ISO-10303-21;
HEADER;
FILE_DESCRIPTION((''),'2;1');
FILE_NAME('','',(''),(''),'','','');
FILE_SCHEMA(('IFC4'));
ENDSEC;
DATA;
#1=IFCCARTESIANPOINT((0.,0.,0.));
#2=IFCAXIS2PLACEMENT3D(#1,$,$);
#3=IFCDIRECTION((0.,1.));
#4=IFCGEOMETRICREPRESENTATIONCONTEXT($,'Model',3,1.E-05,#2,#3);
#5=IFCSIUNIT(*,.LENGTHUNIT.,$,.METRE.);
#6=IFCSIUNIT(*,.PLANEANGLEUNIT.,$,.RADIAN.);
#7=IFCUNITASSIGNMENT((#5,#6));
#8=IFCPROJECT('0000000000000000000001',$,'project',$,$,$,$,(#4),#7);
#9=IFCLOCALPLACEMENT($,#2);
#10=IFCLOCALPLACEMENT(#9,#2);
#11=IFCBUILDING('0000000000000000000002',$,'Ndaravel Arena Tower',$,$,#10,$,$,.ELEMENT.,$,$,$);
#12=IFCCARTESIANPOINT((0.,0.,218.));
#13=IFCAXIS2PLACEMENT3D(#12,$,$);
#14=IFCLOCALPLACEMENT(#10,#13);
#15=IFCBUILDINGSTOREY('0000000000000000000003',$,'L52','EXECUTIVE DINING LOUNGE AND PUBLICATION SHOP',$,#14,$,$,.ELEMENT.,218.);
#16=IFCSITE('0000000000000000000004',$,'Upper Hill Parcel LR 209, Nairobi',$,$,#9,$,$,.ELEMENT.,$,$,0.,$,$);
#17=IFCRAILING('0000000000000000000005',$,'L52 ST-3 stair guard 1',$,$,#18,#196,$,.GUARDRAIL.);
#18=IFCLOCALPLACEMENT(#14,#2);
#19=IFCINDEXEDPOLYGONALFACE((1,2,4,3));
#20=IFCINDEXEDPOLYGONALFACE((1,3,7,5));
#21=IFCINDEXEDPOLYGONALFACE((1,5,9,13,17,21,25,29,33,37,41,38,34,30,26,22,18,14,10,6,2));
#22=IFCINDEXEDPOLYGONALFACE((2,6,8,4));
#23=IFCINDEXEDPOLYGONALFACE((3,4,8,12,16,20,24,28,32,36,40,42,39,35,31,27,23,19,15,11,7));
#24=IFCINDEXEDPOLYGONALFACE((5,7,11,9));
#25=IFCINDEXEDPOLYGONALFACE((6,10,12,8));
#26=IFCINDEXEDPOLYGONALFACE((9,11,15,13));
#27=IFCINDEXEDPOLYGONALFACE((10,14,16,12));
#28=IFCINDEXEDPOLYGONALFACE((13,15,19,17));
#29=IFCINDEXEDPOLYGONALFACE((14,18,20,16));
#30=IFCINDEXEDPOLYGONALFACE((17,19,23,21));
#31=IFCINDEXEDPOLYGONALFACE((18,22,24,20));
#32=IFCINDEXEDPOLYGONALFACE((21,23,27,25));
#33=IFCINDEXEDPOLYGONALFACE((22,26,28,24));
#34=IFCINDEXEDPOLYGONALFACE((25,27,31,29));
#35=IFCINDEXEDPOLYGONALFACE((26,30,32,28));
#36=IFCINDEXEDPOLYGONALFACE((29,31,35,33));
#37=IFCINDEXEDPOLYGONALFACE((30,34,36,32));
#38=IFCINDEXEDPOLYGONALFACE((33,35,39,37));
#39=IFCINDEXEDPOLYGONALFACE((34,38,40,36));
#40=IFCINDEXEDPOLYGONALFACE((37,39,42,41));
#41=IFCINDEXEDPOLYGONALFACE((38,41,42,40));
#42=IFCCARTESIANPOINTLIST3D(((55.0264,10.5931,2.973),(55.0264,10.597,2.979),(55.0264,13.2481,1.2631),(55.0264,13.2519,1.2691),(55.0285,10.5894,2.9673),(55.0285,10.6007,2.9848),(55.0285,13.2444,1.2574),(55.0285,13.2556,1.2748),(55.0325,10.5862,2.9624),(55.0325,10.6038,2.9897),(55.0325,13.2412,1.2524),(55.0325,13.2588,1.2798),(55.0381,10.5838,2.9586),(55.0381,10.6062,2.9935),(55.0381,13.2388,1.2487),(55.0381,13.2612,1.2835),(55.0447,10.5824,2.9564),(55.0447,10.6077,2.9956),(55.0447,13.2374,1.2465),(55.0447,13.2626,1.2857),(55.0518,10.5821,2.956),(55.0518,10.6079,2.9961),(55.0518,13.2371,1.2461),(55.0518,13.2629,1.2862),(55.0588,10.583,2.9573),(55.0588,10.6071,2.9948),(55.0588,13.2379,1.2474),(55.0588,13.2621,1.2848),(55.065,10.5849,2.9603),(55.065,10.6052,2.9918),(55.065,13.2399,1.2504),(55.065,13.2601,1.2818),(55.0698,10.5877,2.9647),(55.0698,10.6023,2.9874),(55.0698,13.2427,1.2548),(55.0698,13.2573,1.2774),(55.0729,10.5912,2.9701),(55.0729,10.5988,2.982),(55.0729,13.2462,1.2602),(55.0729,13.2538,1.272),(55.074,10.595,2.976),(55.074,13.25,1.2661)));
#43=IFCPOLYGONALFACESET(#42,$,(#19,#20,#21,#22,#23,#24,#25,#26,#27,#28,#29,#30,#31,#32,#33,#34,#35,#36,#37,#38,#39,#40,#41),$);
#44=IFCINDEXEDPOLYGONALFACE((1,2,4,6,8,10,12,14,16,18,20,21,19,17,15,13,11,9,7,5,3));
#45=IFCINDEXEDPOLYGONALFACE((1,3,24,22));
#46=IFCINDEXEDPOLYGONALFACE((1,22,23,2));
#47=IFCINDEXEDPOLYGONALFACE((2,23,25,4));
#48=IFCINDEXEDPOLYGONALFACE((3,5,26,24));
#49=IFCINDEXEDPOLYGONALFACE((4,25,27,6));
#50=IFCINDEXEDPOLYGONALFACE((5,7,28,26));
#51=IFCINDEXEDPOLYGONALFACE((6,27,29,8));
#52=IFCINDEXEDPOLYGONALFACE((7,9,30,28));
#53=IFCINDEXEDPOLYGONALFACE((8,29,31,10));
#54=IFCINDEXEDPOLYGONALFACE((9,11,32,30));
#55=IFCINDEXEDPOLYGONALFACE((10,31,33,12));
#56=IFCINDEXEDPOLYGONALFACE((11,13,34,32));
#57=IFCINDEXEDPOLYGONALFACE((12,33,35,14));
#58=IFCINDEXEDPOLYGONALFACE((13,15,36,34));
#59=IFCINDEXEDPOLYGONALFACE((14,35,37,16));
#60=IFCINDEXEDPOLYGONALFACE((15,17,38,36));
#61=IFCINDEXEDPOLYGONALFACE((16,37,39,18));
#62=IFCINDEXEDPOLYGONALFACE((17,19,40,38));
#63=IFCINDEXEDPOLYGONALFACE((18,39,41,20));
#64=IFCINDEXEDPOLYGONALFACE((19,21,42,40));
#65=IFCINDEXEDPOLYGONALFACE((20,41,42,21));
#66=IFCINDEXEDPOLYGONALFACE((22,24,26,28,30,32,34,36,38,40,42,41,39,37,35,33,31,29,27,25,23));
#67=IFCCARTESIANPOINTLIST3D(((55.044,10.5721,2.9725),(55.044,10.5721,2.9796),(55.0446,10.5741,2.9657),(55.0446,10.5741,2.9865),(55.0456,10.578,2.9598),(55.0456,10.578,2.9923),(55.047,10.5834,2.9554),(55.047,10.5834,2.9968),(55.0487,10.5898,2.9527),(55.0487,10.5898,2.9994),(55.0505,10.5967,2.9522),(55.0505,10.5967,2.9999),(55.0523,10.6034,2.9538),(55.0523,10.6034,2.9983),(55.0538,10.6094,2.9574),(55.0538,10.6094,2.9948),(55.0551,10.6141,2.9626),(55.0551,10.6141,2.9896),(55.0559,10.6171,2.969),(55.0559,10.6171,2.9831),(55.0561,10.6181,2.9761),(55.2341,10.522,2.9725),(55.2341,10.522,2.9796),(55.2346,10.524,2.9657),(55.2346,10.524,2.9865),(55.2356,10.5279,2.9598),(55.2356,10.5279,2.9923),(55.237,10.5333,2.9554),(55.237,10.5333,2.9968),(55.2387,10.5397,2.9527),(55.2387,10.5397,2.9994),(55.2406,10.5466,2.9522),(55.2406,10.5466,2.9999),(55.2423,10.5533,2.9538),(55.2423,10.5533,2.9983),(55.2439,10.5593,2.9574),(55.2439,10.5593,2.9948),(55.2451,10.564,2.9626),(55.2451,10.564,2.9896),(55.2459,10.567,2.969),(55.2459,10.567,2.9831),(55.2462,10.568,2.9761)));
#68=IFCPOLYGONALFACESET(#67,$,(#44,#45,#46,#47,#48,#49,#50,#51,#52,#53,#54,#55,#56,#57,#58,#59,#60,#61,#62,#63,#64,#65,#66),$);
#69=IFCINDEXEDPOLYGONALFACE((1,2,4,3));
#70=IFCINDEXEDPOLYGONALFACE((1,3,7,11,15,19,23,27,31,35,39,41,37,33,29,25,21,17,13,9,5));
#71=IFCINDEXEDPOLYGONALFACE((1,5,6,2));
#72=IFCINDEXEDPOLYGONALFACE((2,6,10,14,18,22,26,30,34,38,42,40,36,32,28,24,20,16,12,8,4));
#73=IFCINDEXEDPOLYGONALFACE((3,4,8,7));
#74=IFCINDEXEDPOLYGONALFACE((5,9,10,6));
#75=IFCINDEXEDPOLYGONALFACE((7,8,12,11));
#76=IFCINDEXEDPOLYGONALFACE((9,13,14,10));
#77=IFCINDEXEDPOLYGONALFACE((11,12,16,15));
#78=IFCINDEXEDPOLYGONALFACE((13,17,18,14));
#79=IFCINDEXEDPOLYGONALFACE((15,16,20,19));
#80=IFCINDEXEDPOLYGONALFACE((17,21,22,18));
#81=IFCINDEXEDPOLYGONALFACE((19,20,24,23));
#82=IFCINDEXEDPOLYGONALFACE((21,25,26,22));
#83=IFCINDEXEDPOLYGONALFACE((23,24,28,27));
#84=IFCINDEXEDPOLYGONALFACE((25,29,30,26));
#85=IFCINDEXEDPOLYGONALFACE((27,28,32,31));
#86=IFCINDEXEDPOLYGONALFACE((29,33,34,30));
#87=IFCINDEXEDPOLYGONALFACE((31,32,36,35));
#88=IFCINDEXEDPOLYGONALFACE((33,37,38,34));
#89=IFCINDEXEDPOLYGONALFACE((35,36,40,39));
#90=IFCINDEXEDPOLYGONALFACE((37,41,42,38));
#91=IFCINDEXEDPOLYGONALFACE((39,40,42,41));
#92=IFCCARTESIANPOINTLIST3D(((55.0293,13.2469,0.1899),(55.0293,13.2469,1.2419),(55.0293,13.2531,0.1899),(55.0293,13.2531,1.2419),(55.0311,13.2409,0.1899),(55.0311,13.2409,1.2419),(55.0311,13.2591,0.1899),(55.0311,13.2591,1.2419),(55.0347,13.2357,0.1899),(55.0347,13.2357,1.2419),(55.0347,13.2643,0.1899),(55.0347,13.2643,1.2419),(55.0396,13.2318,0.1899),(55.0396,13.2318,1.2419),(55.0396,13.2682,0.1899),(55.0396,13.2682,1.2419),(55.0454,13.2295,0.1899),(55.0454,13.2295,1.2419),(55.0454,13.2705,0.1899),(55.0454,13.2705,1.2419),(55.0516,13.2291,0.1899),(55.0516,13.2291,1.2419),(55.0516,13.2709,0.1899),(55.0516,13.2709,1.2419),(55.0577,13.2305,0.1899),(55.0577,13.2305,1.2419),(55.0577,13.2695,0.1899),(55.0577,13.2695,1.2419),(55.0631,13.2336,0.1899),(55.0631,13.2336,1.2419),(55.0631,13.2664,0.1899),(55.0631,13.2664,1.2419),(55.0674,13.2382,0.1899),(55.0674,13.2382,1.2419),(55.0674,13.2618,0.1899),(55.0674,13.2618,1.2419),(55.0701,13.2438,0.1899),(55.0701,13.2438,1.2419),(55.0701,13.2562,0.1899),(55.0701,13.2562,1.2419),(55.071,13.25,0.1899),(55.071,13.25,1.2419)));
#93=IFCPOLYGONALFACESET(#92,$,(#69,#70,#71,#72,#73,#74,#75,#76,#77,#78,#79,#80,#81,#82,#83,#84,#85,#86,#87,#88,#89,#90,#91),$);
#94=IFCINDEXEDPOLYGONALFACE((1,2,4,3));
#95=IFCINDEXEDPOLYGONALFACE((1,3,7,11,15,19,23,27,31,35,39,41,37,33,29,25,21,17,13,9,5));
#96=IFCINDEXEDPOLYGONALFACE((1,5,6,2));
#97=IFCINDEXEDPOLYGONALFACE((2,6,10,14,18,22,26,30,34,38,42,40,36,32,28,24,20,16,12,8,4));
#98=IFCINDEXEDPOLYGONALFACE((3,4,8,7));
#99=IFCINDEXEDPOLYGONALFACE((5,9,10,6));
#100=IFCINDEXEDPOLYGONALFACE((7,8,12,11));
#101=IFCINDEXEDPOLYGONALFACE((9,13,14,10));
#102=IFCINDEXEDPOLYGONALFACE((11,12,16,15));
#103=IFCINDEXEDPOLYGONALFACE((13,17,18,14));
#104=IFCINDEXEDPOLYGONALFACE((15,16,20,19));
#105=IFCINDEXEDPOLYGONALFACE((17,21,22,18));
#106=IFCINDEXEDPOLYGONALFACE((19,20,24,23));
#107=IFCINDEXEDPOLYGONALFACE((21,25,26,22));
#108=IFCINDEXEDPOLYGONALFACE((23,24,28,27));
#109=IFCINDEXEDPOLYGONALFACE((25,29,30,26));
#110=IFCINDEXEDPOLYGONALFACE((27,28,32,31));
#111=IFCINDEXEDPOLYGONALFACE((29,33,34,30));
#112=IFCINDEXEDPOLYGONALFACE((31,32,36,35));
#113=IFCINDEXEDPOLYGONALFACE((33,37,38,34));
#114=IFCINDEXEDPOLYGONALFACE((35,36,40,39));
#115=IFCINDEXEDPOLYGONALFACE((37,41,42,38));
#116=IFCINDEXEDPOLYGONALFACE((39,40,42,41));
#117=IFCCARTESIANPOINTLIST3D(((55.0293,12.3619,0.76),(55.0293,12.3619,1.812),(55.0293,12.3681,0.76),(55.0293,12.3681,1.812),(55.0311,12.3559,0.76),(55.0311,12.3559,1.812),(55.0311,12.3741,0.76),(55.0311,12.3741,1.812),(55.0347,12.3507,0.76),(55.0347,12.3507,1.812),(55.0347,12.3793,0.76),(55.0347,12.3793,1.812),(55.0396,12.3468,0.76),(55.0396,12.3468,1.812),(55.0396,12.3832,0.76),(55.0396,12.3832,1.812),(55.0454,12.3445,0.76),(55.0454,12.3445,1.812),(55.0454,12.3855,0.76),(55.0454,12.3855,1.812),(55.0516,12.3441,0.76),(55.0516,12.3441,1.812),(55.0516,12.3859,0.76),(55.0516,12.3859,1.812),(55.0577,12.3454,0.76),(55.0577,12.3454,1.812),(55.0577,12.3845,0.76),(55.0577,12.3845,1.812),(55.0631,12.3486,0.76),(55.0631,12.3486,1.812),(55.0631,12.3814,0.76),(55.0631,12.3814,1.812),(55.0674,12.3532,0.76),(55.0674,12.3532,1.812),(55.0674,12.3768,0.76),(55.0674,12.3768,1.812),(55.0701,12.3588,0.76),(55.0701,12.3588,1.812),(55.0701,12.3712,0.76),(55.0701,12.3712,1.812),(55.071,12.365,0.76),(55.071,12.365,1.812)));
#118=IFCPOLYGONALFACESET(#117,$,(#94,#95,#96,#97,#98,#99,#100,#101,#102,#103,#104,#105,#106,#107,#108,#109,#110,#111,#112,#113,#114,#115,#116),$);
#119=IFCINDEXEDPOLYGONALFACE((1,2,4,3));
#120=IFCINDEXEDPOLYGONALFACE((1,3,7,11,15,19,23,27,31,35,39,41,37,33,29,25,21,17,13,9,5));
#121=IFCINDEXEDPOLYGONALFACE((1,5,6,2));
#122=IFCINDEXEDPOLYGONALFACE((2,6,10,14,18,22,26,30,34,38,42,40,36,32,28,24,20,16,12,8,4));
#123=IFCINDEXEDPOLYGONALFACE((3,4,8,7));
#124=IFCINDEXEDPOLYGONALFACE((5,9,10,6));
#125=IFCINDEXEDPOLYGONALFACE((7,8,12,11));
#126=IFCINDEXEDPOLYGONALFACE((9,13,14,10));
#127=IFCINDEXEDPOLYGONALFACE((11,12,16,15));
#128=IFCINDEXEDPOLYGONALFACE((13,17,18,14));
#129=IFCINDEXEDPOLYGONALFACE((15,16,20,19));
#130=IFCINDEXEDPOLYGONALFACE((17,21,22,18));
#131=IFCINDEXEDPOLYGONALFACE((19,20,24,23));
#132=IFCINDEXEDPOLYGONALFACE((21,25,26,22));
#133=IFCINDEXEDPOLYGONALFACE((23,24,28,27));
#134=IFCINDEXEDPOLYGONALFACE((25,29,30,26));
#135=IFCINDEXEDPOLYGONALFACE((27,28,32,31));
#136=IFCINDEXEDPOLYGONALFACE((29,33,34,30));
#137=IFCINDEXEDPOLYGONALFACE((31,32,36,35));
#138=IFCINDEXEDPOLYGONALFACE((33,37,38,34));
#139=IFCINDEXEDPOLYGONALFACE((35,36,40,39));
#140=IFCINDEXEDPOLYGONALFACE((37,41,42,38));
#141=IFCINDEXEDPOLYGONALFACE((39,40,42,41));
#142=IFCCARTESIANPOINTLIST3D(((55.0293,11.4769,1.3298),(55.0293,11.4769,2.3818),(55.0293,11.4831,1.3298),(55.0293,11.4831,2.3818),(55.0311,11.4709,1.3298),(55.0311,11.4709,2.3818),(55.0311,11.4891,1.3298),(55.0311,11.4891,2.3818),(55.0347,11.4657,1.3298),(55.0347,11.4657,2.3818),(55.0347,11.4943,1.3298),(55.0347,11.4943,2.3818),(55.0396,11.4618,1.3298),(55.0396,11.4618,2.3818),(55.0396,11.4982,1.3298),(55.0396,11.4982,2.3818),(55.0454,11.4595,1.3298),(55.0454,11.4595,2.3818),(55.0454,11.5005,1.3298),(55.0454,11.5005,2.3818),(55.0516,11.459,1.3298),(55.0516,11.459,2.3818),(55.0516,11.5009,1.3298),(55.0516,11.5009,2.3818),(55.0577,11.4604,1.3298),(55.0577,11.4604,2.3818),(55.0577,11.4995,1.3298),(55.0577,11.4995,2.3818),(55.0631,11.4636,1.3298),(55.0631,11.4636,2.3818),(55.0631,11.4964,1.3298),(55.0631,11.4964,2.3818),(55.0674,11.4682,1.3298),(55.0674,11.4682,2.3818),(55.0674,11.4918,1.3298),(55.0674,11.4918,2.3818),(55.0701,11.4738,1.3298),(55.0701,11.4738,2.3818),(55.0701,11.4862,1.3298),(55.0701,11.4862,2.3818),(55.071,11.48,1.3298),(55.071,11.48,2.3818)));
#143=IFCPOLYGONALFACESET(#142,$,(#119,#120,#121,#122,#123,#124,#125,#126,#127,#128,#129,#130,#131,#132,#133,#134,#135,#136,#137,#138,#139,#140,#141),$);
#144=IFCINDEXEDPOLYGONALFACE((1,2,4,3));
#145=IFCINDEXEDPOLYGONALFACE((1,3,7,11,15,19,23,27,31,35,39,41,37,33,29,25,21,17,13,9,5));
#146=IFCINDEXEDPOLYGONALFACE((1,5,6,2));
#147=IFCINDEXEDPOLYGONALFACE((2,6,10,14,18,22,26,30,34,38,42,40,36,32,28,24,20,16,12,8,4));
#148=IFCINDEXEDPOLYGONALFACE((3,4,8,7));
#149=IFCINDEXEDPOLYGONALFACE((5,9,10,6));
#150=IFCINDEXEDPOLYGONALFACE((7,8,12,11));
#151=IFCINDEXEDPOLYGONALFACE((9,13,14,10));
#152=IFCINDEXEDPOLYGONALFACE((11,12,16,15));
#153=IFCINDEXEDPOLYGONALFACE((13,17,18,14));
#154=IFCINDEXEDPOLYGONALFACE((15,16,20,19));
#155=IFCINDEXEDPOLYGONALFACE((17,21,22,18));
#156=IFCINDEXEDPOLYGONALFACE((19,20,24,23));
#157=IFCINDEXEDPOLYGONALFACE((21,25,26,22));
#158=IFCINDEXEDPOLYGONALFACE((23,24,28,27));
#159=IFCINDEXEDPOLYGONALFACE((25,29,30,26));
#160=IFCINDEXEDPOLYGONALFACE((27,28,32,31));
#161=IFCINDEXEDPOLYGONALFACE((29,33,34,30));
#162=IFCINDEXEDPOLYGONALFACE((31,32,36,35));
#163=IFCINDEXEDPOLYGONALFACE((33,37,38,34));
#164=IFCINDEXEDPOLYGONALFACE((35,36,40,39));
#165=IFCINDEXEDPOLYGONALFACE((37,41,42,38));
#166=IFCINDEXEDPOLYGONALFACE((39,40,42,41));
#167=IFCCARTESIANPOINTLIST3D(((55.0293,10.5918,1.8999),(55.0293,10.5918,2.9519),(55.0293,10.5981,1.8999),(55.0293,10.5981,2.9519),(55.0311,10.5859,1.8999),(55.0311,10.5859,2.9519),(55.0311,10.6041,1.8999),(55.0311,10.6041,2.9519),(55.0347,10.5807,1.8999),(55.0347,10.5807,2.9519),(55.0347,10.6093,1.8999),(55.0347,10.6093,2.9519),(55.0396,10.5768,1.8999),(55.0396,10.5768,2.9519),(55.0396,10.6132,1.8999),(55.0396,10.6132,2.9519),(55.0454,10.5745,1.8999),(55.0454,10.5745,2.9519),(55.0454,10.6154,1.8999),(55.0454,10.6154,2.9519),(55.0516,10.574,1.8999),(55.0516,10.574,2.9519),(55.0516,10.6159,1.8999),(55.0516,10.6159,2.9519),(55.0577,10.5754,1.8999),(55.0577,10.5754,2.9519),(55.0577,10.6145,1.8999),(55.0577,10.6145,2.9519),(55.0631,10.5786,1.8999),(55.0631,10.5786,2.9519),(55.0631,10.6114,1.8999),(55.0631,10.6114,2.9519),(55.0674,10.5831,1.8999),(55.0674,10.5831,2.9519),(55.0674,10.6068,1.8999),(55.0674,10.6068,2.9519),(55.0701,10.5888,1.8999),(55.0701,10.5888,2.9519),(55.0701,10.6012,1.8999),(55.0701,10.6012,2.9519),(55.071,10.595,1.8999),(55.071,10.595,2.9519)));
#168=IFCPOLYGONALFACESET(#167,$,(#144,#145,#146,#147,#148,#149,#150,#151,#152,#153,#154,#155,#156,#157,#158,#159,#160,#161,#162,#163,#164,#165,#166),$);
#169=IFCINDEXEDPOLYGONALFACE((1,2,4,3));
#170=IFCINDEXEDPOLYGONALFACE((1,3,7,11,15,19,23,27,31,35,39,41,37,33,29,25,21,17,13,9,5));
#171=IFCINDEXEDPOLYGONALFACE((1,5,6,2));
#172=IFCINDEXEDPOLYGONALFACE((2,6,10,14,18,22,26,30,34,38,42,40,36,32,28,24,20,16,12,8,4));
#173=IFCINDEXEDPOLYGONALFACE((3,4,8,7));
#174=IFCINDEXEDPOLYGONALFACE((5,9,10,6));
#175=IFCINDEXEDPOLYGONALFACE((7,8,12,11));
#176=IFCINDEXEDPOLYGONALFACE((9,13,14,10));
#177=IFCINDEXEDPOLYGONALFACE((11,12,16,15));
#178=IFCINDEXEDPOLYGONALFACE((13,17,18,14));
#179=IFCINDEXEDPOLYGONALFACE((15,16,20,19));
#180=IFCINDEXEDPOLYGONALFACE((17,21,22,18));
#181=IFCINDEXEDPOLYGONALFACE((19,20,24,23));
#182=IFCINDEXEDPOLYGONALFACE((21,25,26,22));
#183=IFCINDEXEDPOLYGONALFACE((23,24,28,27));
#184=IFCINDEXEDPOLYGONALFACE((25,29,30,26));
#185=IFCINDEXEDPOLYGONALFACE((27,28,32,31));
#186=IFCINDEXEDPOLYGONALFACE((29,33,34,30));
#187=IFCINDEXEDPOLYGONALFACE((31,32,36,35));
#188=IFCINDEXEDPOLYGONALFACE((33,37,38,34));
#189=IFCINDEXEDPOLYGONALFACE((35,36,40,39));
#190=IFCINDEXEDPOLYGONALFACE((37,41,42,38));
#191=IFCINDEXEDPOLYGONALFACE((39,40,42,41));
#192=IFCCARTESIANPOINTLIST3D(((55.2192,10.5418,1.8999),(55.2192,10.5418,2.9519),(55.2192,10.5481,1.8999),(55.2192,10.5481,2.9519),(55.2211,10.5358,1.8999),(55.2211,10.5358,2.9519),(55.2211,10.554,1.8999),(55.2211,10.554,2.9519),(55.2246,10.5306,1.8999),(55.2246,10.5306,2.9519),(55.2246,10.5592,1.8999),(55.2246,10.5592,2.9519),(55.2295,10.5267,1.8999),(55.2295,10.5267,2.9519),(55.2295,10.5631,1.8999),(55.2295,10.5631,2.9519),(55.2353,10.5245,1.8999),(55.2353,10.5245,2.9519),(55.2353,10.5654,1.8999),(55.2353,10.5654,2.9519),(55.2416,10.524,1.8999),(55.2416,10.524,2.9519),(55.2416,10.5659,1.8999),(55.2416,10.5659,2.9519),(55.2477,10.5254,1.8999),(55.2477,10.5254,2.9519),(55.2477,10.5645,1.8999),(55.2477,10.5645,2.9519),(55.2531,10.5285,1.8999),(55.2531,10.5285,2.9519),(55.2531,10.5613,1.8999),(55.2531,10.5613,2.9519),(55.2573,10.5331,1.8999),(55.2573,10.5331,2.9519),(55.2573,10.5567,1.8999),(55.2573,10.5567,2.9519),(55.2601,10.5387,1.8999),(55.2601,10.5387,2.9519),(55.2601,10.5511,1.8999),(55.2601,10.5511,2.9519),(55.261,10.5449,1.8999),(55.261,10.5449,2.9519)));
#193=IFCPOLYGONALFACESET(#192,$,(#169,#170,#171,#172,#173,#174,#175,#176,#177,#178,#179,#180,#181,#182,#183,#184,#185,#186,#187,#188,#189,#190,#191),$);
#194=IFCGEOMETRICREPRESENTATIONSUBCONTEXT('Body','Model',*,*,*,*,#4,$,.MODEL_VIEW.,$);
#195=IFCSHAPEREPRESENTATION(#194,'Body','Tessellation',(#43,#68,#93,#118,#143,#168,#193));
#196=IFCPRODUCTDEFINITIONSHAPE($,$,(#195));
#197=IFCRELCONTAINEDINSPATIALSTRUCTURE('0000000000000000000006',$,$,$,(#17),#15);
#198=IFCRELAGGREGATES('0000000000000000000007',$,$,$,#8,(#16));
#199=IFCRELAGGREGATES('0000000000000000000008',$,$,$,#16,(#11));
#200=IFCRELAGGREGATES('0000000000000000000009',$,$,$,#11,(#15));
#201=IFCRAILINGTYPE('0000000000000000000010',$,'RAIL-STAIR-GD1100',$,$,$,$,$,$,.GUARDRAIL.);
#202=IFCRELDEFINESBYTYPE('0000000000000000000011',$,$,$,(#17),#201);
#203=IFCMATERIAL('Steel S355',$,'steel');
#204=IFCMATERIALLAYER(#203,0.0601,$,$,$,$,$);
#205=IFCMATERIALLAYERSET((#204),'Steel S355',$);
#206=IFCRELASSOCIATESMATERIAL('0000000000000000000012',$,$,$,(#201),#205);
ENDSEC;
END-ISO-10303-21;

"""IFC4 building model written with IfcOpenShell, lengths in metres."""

from ifc_helpers import new_model, si_unit, direction, frame, origin, origin_2d, place, context, subcontext, project, spatial, circle, extrude, material, layer, layer_set, type_object, element, save


model = new_model("IFC4")

# Units and contexts
model_context = context("Model", 3, precision=1e-05, world=origin(), true_north=direction((0.0, 1.0)))
body_context = subcontext(model_context, "Body", "Model", "MODEL_VIEW")
ifc_project = project(units=[si_unit("LENGTHUNIT", "METRE"), si_unit("PLANEANGLEUNIT", "RADIAN")], contexts=[model_context])

# Site, building, storey
site_placement = place(None, origin())
site = spatial("IfcSite", under=ifc_project, at=site_placement, Name="Upper Hill Parcel LR 209, Nairobi", CompositionType="ELEMENT", RefElevation=0.0)
building_placement = place(site_placement, origin())
building = spatial("IfcBuilding", under=site, at=building_placement, Name="Ndaravel Arena Tower", CompositionType="ELEMENT")
storey_placement = place(building_placement, frame((0.0, 0.0, 218.0)))
storey = spatial("IfcBuildingStorey", under=building, at=storey_placement, Name="L52", Description="EXECUTIVE DINING LOUNGE AND PUBLICATION SHOP", CompositionType="ELEMENT", Elevation=218.0)

# Railing
ifc_material_1 = material(Name="Steel S355", Category="steel")
ifc_layer_1 = layer(ifc_material_1, 0.0601)
ifc_layer_set_1 = layer_set([ifc_layer_1], Name="Steel S355")
railing_type_1 = type_object("IfcRailingType", Name="RAIL-STAIR-GD1100", PredefinedType="GUARDRAIL", material=ifc_layer_set_1)
railing_1_placement = place(storey_placement, frame((55.05, 13.25, 0.1899)))
element("IfcRailing", 1, at=railing_1_placement, inside=storey, type_object=railing_type_1, Name="L52 ST-3 stair guard 1", PredefinedType="GUARDRAIL", context=body_context, shape_type="SweptSolid", body=[
    extrude(circle(Radius=0.0239, at=origin_2d()), frame((0.0, 0.0, 1.0762), z_axis=(0.0, -0.840724, 0.541465), x_axis=(1.0, 0.0, 0.0)), (0.0, 0.0, 1.0), 3.158),
    extrude(circle(Radius=0.0239, at=origin_2d()), frame((0.0, -2.655, 2.7861), z_axis=(0.966994, -0.254799, 0.0), x_axis=(0.254799, 0.966994, 0.0)), (0.0, 0.0, 1.0), 0.1965),
    extrude(circle(Radius=0.021, at=origin_2d()), origin(), (0.0, 0.0, 1.0), 1.052),
    extrude(circle(Radius=0.021, at=origin_2d()), frame((0.0, -0.885, 0.5701)), (0.0, 0.0, 1.0), 1.052),
    extrude(circle(Radius=0.021, at=origin_2d()), frame((0.0, -1.77, 1.1399)), (0.0, 0.0, 1.0), 1.052),
    extrude(circle(Radius=0.021, at=origin_2d()), frame((0.0, -2.655, 1.71)), (0.0, 0.0, 1.0), 1.052),
    extrude(circle(Radius=0.021, at=origin_2d()), frame((0.1899, -2.7051, 1.71)), (0.0, 0.0, 1.0), 1.052),
])

save(model, "model.ifc")
